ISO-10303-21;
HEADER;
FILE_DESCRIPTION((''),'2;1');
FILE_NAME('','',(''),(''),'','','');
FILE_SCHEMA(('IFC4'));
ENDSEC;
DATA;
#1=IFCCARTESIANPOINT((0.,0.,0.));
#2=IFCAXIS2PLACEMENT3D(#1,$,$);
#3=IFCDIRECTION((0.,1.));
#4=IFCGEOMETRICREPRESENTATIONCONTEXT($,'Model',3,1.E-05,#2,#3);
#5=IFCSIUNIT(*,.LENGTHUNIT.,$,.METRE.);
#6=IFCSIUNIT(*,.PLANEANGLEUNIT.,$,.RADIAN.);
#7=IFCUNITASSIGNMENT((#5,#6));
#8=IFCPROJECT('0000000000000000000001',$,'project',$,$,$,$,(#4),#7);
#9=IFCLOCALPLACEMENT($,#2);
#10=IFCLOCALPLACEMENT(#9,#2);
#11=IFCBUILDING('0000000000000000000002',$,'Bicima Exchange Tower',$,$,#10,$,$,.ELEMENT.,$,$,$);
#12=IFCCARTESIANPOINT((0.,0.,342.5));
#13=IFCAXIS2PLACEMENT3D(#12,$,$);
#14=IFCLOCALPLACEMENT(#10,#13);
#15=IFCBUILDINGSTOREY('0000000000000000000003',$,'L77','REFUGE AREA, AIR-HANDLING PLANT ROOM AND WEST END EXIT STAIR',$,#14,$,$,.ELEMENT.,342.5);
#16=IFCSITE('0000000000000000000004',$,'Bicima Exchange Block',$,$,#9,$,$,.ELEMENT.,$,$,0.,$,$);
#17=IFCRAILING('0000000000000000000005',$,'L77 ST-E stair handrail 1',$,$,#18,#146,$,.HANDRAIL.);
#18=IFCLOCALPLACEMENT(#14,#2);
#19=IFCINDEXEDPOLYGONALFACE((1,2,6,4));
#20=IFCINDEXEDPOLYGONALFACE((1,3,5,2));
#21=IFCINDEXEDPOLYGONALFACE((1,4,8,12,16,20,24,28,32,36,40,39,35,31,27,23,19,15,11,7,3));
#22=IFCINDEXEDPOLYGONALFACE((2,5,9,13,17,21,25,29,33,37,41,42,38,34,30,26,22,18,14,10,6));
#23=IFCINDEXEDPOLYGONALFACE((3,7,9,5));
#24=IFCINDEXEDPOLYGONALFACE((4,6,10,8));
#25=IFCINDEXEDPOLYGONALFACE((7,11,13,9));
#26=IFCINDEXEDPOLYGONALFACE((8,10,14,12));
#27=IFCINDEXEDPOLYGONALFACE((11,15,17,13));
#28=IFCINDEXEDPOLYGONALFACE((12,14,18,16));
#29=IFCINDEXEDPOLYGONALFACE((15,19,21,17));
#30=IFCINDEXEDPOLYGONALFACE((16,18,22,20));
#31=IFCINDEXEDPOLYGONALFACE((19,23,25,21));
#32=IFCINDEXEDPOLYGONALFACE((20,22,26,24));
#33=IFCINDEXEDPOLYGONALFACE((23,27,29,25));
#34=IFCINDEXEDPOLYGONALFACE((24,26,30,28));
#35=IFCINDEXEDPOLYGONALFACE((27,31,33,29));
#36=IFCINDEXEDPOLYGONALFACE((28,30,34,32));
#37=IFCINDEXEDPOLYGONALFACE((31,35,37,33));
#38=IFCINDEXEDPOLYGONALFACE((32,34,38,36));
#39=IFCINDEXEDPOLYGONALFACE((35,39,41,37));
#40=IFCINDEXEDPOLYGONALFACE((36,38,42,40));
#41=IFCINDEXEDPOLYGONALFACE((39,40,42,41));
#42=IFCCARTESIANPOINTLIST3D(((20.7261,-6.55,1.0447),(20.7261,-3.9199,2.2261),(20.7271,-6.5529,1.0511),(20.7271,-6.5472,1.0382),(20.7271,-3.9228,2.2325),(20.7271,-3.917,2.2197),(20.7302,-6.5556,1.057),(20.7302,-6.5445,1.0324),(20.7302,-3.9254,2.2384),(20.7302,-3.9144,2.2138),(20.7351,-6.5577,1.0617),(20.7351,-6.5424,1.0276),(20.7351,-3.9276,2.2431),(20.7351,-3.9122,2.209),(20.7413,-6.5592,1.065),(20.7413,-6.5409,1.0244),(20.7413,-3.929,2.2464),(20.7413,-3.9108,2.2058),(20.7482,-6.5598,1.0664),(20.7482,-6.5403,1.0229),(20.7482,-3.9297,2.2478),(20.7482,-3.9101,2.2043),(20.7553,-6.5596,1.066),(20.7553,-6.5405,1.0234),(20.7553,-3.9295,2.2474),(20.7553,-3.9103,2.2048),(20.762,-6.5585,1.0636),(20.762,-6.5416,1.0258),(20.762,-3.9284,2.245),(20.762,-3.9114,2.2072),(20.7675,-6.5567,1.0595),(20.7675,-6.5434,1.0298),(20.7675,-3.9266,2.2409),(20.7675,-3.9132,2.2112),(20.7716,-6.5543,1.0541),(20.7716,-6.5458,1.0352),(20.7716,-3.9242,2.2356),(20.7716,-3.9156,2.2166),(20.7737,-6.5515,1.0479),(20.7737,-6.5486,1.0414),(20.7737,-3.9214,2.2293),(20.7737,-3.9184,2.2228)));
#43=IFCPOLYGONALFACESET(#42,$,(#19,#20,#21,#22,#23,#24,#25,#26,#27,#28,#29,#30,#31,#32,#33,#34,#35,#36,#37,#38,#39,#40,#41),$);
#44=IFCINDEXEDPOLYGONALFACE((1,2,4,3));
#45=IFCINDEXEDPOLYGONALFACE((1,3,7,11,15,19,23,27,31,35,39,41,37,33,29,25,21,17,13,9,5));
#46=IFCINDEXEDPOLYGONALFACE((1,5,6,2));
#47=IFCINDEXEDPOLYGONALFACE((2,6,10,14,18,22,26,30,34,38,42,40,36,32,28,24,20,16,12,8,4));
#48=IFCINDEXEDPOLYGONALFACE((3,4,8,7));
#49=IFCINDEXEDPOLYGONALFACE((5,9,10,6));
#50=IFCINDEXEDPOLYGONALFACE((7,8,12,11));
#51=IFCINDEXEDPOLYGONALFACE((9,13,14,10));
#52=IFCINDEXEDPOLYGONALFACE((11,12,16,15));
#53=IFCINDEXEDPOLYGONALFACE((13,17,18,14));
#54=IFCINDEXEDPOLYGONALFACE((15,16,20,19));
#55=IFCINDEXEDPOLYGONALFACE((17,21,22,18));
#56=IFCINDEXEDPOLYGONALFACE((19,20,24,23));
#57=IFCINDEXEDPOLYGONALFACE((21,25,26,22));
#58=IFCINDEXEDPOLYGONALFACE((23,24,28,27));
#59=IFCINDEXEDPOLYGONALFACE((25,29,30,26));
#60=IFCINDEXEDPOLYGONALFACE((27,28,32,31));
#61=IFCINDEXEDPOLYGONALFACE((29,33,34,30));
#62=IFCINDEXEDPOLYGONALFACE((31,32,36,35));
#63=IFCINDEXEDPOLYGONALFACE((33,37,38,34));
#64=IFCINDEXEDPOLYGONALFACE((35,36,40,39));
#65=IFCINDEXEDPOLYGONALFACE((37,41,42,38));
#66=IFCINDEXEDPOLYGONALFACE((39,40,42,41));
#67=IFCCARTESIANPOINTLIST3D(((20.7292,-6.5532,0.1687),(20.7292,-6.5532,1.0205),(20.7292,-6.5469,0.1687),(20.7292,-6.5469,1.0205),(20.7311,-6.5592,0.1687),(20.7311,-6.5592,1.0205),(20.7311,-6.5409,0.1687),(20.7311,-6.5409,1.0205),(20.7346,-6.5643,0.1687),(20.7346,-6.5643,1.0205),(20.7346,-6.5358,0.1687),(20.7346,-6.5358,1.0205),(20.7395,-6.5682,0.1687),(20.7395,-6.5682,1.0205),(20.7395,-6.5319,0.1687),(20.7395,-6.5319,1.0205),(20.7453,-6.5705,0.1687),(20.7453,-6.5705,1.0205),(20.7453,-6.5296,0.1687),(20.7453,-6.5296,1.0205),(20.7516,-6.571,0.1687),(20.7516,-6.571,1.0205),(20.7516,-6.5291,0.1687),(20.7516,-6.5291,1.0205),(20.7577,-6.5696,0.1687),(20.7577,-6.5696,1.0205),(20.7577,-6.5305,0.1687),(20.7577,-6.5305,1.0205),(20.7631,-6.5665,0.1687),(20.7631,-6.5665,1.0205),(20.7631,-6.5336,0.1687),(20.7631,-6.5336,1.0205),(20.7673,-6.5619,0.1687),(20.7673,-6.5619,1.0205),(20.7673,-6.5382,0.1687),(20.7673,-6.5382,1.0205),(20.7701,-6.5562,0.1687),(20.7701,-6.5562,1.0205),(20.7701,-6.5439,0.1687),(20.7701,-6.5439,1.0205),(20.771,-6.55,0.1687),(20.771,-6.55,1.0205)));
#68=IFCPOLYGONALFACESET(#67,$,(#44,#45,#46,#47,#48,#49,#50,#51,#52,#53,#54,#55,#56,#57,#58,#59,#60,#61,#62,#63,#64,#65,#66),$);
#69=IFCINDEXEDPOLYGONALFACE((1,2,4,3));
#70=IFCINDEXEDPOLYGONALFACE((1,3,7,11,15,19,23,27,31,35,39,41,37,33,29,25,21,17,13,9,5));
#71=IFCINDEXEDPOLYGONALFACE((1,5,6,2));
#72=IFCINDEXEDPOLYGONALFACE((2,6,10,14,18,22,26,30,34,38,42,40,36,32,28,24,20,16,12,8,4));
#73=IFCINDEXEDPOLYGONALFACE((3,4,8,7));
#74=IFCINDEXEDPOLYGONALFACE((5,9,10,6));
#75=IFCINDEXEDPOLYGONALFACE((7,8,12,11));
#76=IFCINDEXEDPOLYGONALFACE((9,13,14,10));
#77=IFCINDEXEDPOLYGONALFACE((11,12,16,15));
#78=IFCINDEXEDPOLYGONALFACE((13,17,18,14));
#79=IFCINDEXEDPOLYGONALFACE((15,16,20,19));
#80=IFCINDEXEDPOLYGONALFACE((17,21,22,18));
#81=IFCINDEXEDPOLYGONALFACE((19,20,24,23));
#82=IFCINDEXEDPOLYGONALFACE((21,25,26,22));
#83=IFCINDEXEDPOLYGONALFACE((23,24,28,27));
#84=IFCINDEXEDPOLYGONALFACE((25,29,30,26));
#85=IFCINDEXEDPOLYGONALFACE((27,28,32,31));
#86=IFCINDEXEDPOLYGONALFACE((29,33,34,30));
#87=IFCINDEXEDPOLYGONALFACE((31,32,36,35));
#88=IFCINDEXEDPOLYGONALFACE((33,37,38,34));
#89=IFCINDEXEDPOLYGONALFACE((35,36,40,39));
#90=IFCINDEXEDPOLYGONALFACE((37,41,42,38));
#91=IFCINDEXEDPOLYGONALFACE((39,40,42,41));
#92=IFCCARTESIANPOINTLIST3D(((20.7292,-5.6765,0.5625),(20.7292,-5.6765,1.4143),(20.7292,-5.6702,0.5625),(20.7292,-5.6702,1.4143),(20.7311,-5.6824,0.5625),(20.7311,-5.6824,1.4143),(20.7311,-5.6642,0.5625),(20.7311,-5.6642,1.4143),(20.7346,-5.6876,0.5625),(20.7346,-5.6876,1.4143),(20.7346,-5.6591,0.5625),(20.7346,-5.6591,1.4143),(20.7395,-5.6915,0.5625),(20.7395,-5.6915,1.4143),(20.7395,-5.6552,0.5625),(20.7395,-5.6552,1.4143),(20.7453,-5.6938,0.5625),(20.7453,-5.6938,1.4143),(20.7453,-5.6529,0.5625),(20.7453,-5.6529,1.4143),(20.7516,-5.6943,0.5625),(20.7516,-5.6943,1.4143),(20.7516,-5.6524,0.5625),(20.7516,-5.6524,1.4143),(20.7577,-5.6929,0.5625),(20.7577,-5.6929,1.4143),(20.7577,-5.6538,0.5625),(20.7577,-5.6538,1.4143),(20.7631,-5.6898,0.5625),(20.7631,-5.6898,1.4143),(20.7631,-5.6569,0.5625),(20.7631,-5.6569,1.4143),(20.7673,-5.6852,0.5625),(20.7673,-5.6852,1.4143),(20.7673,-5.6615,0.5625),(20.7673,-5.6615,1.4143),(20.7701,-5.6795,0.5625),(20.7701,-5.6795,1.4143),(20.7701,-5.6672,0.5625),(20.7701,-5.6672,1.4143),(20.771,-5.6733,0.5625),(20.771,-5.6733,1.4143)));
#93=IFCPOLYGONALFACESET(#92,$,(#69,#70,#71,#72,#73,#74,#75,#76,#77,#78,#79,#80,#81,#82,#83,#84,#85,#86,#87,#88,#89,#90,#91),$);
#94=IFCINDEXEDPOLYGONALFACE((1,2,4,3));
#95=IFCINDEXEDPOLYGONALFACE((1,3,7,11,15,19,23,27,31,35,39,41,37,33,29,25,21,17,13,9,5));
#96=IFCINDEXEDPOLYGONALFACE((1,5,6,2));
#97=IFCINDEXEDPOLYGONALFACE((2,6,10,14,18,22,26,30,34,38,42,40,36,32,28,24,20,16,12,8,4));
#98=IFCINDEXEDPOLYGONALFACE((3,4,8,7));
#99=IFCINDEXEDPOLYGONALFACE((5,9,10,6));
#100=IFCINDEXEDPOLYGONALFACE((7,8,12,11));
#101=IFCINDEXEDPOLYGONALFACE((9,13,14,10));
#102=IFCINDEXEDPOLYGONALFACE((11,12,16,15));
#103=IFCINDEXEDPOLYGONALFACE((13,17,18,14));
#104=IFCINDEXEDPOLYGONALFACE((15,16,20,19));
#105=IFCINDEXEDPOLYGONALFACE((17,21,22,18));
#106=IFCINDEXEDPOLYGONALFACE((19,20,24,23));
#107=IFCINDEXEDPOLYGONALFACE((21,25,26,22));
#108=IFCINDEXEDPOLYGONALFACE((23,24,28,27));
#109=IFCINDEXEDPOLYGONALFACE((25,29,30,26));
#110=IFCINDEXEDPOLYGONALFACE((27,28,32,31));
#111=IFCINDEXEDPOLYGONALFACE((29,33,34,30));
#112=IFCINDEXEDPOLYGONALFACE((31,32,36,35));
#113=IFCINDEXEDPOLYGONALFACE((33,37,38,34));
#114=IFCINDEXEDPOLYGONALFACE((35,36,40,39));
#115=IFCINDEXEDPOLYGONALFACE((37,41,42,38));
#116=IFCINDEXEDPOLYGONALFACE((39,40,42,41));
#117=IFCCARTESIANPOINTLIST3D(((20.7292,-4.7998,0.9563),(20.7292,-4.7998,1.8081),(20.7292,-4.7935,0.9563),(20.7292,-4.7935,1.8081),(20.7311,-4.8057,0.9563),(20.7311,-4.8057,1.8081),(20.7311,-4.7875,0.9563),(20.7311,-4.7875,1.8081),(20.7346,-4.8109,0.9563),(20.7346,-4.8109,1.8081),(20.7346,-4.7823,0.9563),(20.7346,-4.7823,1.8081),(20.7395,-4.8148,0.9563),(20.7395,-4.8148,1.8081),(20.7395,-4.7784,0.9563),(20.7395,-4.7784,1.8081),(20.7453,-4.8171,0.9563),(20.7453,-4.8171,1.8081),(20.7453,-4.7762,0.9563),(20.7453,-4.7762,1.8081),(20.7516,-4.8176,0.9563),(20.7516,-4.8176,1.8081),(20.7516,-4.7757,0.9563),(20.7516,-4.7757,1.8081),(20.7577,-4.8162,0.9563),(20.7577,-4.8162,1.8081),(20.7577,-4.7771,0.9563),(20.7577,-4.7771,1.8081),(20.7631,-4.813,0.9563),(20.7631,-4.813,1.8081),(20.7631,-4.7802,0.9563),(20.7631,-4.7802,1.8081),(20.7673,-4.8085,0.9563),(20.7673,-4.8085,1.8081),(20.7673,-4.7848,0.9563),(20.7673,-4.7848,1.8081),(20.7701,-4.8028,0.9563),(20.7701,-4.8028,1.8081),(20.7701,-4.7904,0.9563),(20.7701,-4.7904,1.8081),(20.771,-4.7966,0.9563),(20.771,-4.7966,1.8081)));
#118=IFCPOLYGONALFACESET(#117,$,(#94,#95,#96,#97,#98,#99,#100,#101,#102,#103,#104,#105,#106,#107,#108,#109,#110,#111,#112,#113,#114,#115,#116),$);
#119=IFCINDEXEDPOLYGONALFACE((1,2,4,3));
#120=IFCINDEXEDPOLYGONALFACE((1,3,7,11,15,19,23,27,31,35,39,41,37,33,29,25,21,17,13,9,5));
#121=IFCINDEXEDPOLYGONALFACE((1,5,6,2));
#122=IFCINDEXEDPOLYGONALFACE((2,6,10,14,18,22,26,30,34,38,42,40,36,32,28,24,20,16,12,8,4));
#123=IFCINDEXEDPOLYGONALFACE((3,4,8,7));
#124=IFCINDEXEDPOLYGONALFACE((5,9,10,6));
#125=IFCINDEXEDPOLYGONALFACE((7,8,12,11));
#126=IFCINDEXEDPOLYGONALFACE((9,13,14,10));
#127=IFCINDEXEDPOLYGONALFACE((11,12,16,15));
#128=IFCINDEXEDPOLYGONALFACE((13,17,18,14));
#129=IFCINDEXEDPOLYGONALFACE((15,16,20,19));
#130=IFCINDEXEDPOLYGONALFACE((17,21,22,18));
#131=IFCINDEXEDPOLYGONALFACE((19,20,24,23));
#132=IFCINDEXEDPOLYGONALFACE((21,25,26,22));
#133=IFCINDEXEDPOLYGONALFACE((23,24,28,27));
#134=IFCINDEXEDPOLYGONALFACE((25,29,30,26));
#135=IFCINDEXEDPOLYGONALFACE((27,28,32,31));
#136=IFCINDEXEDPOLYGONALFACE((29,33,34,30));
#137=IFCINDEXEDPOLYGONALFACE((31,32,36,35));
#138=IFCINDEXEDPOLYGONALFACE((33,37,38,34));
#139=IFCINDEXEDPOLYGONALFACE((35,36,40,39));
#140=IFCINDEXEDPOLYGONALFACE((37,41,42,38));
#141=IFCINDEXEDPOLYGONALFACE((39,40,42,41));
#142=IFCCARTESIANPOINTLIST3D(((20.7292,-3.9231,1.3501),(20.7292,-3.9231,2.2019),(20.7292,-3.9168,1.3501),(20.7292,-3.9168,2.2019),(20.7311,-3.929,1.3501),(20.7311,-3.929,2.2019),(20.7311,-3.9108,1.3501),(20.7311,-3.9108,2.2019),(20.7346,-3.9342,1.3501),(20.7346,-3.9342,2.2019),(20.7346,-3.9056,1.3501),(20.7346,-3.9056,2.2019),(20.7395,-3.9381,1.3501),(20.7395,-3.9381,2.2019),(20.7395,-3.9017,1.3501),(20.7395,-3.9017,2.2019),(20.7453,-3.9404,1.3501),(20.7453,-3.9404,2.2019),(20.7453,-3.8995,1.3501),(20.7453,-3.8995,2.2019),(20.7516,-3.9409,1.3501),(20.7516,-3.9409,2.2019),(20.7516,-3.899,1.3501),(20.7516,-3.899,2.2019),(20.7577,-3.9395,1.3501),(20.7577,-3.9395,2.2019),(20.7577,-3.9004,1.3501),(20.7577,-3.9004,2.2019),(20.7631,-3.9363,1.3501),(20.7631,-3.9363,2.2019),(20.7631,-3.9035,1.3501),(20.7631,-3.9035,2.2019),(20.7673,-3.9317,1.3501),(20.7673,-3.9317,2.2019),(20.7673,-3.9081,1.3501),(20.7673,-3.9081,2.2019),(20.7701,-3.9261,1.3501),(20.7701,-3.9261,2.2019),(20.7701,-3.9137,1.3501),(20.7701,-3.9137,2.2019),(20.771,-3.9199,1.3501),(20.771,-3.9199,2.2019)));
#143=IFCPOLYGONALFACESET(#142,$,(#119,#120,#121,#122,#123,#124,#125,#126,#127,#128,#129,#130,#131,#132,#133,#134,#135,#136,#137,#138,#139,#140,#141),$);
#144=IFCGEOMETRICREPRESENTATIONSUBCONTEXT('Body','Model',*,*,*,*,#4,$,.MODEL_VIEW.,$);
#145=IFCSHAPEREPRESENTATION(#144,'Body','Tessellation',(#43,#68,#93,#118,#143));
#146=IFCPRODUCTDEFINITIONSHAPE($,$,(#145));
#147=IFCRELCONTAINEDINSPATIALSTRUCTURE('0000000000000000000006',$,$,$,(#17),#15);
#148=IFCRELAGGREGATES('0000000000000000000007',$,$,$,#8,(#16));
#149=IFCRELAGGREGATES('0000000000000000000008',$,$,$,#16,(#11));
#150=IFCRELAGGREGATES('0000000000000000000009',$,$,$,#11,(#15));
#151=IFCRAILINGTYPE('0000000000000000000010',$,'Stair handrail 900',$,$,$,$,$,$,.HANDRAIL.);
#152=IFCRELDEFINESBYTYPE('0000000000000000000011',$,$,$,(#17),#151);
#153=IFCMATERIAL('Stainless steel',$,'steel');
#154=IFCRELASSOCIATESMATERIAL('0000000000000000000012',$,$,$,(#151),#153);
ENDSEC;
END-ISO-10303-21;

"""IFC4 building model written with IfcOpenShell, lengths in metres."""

from ifc_helpers import new_model, si_unit, direction, frame, origin, origin_2d, place, context, subcontext, project, spatial, circle, extrude, material, type_object, element, save


model = new_model("IFC4")

# Units and contexts
model_context = context("Model", 3, precision=1e-05, world=origin(), true_north=direction((0.0, 1.0)))
body_context = subcontext(model_context, "Body", "Model", "MODEL_VIEW")
ifc_project = project(units=[si_unit("LENGTHUNIT", "METRE"), si_unit("PLANEANGLEUNIT", "RADIAN")], contexts=[model_context])

# Site, building, storey
site_placement = place(None, origin())
site = spatial("IfcSite", under=ifc_project, at=site_placement, Name="Bicima Exchange Block", CompositionType="ELEMENT", RefElevation=0.0)
building_placement = place(site_placement, origin())
building = spatial("IfcBuilding", under=site, at=building_placement, Name="Bicima Exchange Tower", CompositionType="ELEMENT")
storey_placement = place(building_placement, frame((0.0, 0.0, 342.5)))
storey = spatial("IfcBuildingStorey", under=building, at=storey_placement, Name="L77", Description="REFUGE AREA, AIR-HANDLING PLANT ROOM AND WEST END EXIT STAIR", CompositionType="ELEMENT", Elevation=342.5)

# Railing
ifc_material_1 = material(Name="Stainless steel", Category="steel")
railing_type_1 = type_object("IfcRailingType", Name="Stair handrail 900", PredefinedType="HANDRAIL", material=ifc_material_1)
railing_1_placement = place(storey_placement, frame((20.75, -6.55, 0.1687)))
element("IfcRailing", 1, at=railing_1_placement, inside=storey, type_object=railing_type_1, Name="L77 ST-E stair handrail 1", PredefinedType="HANDRAIL", context=body_context, shape_type="SweptSolid", body=[
    extrude(circle(Radius=0.0239, at=origin_2d()), frame((0.0, 0.0, 0.876), z_axis=(0.0, 0.912202, 0.409741), x_axis=(-1.0, 0.0, 0.0)), (0.0, 0.0, 1.0), 2.8833),
    extrude(circle(Radius=0.021, at=origin_2d()), origin(), (0.0, 0.0, 1.0), 0.8518),
    extrude(circle(Radius=0.021, at=origin_2d()), frame((0.0, 0.8767, 0.3938)), (0.0, 0.0, 1.0), 0.8518),
    extrude(circle(Radius=0.021, at=origin_2d()), frame((0.0, 1.7534, 0.7876)), (0.0, 0.0, 1.0), 0.8518),
    extrude(circle(Radius=0.021, at=origin_2d()), frame((0.0, 2.6301, 1.1814)), (0.0, 0.0, 1.0), 0.8518),
])

save(model, "model.ifc")
